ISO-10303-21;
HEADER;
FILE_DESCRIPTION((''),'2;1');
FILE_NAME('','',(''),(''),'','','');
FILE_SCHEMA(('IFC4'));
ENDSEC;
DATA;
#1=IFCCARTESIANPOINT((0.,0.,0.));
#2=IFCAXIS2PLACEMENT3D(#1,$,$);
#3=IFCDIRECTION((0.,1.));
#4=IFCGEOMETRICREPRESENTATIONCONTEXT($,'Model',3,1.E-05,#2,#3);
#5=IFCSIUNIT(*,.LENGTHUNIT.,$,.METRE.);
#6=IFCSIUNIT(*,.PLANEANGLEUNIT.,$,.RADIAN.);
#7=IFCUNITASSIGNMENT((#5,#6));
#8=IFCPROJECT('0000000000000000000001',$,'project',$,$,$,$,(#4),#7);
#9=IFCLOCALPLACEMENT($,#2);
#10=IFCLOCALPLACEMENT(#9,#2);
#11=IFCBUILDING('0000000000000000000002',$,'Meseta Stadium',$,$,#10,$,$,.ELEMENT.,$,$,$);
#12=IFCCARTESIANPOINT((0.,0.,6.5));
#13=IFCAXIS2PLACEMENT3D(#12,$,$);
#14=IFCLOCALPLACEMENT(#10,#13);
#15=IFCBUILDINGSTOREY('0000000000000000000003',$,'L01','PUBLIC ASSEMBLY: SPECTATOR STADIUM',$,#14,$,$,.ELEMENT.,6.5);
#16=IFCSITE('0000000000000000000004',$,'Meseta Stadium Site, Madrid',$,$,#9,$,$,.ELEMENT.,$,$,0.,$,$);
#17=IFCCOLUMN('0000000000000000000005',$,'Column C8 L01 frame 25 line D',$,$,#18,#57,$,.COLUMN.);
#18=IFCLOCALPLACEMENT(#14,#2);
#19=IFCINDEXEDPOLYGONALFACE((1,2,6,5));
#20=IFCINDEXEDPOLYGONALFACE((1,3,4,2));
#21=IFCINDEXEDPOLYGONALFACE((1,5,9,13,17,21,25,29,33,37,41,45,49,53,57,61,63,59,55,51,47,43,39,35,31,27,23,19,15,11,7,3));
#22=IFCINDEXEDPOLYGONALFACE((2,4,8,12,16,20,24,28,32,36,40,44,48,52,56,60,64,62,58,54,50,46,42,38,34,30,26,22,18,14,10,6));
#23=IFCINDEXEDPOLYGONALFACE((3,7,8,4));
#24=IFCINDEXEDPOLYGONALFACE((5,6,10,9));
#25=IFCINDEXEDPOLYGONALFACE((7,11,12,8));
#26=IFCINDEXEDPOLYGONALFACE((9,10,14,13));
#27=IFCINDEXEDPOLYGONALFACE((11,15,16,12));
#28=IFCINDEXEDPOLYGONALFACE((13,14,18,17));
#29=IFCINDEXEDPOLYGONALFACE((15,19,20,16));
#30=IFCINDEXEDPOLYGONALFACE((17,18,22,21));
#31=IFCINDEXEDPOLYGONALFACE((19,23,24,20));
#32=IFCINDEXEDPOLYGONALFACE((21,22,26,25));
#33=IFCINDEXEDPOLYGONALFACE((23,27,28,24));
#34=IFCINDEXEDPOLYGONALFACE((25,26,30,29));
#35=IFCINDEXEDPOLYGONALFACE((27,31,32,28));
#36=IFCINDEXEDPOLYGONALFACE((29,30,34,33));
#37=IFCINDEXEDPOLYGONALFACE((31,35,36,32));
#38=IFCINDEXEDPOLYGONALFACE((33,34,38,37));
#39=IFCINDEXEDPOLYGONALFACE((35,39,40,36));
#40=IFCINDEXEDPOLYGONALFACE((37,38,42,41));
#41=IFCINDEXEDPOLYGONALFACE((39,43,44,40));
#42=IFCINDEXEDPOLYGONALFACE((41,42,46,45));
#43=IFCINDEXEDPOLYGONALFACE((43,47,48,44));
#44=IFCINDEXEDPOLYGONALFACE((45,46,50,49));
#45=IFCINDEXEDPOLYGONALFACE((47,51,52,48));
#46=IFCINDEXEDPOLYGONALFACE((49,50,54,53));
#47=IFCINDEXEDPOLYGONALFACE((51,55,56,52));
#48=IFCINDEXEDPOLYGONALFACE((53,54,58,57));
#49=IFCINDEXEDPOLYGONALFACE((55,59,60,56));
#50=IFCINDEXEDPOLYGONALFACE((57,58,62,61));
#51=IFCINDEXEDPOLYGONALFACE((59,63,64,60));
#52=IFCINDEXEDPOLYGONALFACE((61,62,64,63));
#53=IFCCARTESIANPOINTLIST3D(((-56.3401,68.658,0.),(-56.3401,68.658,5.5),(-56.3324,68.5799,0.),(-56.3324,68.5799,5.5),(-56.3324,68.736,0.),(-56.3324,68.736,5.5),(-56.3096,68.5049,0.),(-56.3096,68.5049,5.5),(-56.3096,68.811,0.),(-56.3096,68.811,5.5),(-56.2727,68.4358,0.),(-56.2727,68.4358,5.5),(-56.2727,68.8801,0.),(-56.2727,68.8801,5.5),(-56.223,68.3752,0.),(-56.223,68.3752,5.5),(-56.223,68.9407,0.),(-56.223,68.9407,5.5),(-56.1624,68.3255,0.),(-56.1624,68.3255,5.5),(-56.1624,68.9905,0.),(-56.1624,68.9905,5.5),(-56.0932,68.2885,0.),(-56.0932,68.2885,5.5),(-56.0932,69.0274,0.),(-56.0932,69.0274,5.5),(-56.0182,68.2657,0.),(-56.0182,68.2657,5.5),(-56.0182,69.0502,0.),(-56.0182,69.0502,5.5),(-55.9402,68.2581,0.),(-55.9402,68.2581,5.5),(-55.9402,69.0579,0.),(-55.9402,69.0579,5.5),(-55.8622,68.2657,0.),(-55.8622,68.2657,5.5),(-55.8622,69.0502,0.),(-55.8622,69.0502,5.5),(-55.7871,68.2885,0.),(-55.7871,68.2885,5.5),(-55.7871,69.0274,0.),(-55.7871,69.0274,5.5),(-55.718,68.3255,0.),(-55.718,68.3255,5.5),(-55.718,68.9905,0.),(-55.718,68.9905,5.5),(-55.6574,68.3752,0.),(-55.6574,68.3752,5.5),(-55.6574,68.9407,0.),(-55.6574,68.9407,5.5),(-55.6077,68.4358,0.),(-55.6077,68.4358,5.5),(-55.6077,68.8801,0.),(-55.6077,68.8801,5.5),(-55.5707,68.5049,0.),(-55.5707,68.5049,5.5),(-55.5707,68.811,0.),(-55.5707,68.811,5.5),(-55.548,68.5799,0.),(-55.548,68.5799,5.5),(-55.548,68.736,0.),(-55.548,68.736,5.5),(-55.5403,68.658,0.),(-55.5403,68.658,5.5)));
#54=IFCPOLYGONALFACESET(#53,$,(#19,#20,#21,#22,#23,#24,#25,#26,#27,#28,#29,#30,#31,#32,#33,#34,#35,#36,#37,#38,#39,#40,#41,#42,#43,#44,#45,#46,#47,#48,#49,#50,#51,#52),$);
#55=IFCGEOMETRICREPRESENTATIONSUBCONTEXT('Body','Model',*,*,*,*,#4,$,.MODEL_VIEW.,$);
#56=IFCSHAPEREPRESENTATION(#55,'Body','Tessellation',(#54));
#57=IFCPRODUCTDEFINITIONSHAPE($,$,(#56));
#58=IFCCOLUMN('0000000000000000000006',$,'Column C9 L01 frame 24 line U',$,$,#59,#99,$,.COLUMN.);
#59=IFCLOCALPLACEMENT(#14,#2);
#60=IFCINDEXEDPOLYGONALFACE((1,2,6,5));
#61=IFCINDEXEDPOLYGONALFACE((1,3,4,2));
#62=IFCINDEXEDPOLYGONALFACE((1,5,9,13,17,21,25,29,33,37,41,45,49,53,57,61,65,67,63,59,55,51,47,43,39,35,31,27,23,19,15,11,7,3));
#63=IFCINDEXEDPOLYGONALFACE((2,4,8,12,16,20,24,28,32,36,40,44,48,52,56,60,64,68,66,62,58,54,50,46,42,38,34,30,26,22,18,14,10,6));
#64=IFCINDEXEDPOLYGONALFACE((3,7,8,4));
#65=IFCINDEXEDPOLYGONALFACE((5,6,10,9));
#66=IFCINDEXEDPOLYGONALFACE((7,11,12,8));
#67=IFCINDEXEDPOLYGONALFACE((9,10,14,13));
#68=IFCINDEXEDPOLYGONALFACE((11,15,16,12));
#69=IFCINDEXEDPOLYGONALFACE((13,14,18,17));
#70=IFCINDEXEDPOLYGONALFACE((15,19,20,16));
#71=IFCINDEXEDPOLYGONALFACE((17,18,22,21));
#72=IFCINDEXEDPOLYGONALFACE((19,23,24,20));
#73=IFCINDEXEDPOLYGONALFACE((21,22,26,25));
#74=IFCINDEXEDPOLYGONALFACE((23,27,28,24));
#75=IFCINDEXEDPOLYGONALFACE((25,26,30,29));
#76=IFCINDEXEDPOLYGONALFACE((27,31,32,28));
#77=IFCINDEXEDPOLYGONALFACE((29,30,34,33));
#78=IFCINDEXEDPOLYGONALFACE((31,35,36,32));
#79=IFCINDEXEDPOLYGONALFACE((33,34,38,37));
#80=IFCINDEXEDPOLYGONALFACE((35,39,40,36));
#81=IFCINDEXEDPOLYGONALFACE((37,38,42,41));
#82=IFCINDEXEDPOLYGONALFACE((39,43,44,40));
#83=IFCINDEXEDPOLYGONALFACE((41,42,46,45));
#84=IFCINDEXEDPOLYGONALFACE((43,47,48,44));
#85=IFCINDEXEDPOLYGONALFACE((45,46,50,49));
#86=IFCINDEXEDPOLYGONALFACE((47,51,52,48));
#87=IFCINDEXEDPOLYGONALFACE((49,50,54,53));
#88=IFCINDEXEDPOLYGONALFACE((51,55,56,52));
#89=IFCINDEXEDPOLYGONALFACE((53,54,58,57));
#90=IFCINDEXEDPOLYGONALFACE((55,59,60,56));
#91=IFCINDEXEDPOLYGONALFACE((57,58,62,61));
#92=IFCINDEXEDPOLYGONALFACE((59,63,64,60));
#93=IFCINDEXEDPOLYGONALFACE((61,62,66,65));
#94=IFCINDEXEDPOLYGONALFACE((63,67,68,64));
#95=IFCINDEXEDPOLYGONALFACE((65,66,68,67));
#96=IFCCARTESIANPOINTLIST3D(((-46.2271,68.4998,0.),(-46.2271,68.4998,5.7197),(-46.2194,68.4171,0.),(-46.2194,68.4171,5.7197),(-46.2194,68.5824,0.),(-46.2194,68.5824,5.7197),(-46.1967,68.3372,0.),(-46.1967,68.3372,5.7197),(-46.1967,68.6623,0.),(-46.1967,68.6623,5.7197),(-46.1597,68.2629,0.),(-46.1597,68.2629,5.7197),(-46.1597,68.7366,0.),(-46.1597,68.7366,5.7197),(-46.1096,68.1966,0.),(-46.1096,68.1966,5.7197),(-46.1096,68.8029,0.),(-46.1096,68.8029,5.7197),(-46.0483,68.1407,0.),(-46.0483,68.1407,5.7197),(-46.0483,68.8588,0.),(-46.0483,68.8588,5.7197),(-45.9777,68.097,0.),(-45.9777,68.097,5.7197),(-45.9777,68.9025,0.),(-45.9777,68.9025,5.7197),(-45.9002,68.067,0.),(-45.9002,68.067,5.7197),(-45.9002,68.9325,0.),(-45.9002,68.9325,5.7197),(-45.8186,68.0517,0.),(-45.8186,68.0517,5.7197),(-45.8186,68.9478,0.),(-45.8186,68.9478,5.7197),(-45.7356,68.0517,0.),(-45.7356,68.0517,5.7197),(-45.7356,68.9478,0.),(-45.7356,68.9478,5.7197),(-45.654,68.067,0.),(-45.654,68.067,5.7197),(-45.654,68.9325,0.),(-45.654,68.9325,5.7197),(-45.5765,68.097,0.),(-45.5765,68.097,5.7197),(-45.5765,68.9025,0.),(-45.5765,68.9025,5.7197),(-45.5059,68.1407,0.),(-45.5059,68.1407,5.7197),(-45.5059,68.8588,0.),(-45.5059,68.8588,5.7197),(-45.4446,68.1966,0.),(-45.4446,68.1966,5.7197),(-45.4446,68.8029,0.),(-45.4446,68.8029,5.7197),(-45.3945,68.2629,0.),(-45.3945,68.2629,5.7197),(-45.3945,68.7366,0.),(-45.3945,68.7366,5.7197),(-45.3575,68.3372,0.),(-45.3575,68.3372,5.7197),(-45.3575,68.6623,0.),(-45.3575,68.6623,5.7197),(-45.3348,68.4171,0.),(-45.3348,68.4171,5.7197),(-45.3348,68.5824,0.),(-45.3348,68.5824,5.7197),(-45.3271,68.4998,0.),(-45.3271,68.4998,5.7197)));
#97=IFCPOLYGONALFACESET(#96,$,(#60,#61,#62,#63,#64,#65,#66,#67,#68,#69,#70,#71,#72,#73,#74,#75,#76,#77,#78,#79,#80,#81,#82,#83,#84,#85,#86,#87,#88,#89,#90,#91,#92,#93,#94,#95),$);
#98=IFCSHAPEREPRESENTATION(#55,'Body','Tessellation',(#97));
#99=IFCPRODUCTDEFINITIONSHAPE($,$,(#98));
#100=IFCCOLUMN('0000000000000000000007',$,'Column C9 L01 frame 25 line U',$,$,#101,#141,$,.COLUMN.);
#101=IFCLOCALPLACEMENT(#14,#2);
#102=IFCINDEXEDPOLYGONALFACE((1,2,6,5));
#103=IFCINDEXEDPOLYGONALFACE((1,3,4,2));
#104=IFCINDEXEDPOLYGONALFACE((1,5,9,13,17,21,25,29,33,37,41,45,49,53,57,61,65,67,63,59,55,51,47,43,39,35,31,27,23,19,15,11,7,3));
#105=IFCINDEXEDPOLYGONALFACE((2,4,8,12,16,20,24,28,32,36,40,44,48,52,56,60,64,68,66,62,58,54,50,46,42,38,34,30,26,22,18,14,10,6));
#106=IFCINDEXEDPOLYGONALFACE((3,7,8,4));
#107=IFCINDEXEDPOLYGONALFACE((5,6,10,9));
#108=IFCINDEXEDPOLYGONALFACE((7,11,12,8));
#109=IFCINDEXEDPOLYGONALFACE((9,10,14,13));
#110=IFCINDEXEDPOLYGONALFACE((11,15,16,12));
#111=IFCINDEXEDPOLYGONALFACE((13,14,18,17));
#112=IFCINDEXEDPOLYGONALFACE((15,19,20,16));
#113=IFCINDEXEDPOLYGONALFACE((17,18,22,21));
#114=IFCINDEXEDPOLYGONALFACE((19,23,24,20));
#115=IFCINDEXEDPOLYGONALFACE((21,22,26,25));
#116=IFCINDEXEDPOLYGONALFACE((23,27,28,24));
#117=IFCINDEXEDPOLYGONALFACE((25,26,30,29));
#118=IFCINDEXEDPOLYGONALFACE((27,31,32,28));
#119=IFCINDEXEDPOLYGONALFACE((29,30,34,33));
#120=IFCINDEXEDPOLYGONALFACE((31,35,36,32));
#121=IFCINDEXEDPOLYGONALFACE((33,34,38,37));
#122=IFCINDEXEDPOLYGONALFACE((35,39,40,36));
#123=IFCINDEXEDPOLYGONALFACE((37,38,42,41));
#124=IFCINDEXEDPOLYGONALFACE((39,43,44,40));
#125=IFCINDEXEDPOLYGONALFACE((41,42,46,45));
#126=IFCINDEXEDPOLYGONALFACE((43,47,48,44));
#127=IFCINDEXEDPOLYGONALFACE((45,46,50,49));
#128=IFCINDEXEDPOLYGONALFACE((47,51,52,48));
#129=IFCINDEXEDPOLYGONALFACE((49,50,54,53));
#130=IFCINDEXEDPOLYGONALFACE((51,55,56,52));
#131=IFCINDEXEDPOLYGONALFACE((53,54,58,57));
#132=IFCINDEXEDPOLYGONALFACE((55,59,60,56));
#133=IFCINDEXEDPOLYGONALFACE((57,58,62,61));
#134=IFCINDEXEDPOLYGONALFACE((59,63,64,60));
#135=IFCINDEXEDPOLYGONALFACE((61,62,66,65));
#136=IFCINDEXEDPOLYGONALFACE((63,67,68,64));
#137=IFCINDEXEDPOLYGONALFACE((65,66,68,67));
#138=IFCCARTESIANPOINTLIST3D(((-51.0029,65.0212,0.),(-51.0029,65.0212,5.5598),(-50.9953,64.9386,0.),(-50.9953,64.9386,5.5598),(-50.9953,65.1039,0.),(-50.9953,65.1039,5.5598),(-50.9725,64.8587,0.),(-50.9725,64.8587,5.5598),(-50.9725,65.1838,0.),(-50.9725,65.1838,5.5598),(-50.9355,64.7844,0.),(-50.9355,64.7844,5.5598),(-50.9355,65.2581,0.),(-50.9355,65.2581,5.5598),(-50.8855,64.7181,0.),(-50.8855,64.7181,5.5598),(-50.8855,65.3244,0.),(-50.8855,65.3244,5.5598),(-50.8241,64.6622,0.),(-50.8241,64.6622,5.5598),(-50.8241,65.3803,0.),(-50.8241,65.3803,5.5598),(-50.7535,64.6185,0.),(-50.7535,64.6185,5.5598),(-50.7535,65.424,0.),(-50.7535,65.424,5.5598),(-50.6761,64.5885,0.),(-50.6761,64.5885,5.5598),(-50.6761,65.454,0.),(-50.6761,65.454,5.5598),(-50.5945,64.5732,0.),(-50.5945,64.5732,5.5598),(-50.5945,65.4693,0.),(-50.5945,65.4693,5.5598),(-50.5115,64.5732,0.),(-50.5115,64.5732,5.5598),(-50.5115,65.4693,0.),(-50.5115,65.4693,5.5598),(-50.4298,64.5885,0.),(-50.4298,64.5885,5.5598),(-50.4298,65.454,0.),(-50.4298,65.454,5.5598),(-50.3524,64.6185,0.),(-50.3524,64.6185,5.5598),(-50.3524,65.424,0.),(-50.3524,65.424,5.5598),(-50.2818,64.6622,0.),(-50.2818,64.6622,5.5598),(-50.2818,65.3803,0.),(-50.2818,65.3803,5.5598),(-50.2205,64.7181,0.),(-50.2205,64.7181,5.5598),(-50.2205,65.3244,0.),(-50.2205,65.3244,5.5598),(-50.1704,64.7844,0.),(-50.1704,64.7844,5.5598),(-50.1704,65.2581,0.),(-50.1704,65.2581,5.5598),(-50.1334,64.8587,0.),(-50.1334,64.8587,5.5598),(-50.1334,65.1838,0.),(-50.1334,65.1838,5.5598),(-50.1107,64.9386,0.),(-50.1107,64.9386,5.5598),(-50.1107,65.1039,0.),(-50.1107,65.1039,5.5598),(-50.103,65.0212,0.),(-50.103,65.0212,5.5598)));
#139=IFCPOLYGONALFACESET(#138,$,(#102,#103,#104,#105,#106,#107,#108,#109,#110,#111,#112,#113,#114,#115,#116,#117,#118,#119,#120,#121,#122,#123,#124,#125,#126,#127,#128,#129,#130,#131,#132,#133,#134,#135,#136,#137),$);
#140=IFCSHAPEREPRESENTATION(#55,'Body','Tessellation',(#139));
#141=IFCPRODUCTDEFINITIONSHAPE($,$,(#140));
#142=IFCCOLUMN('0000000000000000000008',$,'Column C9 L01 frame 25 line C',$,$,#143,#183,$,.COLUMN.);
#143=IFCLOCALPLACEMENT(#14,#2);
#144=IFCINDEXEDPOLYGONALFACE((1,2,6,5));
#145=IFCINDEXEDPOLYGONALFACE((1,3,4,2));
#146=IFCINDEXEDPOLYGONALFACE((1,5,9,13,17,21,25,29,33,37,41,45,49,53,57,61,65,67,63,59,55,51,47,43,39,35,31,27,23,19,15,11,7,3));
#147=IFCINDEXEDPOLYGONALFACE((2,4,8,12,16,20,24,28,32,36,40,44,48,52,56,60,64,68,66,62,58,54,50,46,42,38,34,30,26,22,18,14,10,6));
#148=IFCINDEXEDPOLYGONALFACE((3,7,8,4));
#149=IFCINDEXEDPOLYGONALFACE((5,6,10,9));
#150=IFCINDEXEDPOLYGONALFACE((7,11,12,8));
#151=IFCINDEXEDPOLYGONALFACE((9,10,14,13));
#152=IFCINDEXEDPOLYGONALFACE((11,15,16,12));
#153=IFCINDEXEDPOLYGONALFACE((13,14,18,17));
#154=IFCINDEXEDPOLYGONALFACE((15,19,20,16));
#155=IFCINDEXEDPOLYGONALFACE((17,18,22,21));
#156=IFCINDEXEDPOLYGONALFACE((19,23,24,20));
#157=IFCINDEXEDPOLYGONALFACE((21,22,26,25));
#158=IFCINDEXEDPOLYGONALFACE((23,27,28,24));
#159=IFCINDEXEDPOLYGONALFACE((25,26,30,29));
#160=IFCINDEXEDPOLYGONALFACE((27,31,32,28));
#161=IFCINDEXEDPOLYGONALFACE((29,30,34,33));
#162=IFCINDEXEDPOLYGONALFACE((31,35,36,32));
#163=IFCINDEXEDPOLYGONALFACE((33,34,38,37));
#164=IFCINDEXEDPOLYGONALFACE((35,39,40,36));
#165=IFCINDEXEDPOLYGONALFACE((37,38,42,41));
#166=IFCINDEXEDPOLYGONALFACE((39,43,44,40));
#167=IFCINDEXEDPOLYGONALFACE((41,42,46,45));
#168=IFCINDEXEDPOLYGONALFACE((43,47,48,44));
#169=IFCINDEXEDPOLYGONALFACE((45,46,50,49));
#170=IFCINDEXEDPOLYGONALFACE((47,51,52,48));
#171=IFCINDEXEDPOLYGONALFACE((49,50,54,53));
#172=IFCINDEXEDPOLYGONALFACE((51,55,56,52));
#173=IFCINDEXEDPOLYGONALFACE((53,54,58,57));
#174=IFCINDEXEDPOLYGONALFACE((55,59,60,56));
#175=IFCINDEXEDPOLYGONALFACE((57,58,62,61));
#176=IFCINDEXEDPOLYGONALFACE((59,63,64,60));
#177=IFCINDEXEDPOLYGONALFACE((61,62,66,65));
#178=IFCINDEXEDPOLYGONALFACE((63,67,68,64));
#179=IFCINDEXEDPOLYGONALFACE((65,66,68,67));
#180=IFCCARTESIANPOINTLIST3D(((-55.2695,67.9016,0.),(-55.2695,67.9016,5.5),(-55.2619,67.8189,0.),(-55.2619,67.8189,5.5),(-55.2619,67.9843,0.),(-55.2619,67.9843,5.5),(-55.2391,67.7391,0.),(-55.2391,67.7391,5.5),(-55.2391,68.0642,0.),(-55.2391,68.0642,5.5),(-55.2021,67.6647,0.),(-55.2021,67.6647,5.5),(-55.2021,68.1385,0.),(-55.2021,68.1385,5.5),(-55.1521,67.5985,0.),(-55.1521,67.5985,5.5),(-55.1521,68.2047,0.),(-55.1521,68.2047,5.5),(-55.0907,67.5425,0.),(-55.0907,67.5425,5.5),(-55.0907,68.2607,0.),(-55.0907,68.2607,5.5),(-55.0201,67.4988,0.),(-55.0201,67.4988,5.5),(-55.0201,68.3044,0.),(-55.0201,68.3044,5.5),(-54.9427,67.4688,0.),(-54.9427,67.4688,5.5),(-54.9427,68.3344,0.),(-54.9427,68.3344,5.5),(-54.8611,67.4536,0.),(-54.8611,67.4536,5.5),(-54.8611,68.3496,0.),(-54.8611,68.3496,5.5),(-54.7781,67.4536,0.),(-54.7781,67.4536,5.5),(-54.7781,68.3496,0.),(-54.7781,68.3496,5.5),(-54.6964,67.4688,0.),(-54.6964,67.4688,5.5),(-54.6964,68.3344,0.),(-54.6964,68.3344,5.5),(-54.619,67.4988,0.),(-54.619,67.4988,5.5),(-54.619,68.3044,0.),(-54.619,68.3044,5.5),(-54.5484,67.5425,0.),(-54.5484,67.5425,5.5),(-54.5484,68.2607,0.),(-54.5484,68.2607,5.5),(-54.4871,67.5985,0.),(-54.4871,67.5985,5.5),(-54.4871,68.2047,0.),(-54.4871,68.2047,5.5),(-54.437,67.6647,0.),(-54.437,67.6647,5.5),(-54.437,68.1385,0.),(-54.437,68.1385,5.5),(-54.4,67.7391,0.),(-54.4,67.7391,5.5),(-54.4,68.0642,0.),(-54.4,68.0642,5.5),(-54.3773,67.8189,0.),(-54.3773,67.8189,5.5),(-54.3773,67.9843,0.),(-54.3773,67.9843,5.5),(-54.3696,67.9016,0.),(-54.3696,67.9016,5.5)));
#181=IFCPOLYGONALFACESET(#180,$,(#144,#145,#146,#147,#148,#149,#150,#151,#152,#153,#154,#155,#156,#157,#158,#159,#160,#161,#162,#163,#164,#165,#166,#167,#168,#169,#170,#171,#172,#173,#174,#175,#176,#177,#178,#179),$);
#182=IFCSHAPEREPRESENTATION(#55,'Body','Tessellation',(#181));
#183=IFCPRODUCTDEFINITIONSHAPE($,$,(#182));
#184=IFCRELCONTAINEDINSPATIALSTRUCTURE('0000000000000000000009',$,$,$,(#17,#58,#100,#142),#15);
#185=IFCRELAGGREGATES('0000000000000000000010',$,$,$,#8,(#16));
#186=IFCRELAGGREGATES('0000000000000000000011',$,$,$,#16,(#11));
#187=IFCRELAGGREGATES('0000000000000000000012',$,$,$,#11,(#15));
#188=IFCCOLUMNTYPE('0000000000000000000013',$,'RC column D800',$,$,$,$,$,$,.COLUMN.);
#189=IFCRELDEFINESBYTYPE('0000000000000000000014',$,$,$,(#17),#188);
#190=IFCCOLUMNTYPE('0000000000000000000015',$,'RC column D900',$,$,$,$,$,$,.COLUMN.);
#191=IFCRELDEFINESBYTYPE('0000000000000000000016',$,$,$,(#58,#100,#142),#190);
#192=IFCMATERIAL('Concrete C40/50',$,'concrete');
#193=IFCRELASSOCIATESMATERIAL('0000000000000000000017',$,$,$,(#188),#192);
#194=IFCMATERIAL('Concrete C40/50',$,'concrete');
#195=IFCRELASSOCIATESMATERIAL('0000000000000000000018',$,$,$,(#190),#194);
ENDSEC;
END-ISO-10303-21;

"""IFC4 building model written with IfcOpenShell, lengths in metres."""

from ifc_helpers import new_model, si_unit, direction, frame, origin, origin_2d, place, context, subcontext, project, spatial, circle, extrude, material, material_profile, profile_set, type_object, element, save


model = new_model("IFC4")

# Units and contexts
model_context = context("Model", 3, precision=1e-05, world=origin(), true_north=direction((0.0, 1.0)))
body_context = subcontext(model_context, "Body", "Model", "MODEL_VIEW")
ifc_project = project(units=[si_unit("LENGTHUNIT", "METRE"), si_unit("PLANEANGLEUNIT", "RADIAN")], contexts=[model_context])

# Site, building, storey
site_placement = place(None, origin())
site = spatial("IfcSite", under=ifc_project, at=site_placement, Name="Meseta Stadium Site, Madrid", CompositionType="ELEMENT", RefElevation=0.0)
building_placement = place(site_placement, origin())
building = spatial("IfcBuilding", under=site, at=building_placement, Name="Meseta Stadium", CompositionType="ELEMENT")
storey_placement = place(building_placement, frame((0.0, 0.0, 6.5)))
storey = spatial("IfcBuildingStorey", under=building, at=storey_placement, Name="L01", Description="PUBLIC ASSEMBLY: SPECTATOR STADIUM", CompositionType="ELEMENT", Elevation=6.5)

# Columns
ifc_material_1 = material(Name="Concrete C40/50", Category="concrete")
ifc_material_profile_1 = material_profile(ifc_material_1, circle(Radius=0.3999, at=origin_2d()), Name="RC D800")
ifc_profile_set_1 = profile_set([ifc_material_profile_1], Name="Concrete C40/50")
column_type_1 = type_object("IfcColumnType", Name="RC column D800", PredefinedType="COLUMN", material=ifc_profile_set_1)
column_1_placement = place(storey_placement, frame((-55.9402, 68.658, 0.0), z_axis=(0.0, 0.0, 1.0), x_axis=(1.0, 0.0, 0.0)))
element("IfcColumn", 1, at=column_1_placement, inside=storey, type_object=column_type_1, Name="Column C8 L01 frame 25 line D", PredefinedType="COLUMN", context=body_context, shape_type="SweptSolid", body=[
    extrude(circle(Radius=0.3999, at=origin_2d()), origin(), (0.0, 0.0, 1.0), 5.5),
])
ifc_material_2 = material(Name="Concrete C40/50", Category="concrete")
ifc_material_profile_2 = material_profile(ifc_material_2, circle(Radius=0.45, at=origin_2d()), Name="RC D900")
ifc_profile_set_2 = profile_set([ifc_material_profile_2], Name="Concrete C40/50")
column_type_2 = type_object("IfcColumnType", Name="RC column D900", PredefinedType="COLUMN", material=ifc_profile_set_2)
column_2_placement = place(storey_placement, frame((-45.7771, 68.4998, 0.0), z_axis=(0.0, 0.0, 1.0), x_axis=(1.0, 0.0, 0.0)))
element("IfcColumn", 2, at=column_2_placement, inside=storey, type_object=column_type_2, Name="Column C9 L01 frame 24 line U", PredefinedType="COLUMN", context=body_context, shape_type="SweptSolid", body=[
    extrude(circle(Radius=0.45, at=origin_2d()), origin(), (0.0, 0.0, 1.0), 5.7197),
])
column_3_placement = place(storey_placement, frame((-50.553, 65.0212, 0.0), z_axis=(0.0, 0.0, 1.0), x_axis=(1.0, 0.0, 0.0)))
element("IfcColumn", 3, at=column_3_placement, inside=storey, type_object=column_type_2, Name="Column C9 L01 frame 25 line U", PredefinedType="COLUMN", context=body_context, shape_type="SweptSolid", body=[
    extrude(circle(Radius=0.45, at=origin_2d()), origin(), (0.0, 0.0, 1.0), 5.5598),
])
column_4_placement = place(storey_placement, frame((-54.8196, 67.9016, 0.0), z_axis=(0.0, 0.0, 1.0), x_axis=(1.0, 0.0, 0.0)))
element("IfcColumn", 4, at=column_4_placement, inside=storey, type_object=column_type_2, Name="Column C9 L01 frame 25 line C", PredefinedType="COLUMN", context=body_context, shape_type="SweptSolid", body=[
    extrude(circle(Radius=0.45, at=origin_2d()), origin(), (0.0, 0.0, 1.0), 5.5),
])

save(model, "model.ifc")
